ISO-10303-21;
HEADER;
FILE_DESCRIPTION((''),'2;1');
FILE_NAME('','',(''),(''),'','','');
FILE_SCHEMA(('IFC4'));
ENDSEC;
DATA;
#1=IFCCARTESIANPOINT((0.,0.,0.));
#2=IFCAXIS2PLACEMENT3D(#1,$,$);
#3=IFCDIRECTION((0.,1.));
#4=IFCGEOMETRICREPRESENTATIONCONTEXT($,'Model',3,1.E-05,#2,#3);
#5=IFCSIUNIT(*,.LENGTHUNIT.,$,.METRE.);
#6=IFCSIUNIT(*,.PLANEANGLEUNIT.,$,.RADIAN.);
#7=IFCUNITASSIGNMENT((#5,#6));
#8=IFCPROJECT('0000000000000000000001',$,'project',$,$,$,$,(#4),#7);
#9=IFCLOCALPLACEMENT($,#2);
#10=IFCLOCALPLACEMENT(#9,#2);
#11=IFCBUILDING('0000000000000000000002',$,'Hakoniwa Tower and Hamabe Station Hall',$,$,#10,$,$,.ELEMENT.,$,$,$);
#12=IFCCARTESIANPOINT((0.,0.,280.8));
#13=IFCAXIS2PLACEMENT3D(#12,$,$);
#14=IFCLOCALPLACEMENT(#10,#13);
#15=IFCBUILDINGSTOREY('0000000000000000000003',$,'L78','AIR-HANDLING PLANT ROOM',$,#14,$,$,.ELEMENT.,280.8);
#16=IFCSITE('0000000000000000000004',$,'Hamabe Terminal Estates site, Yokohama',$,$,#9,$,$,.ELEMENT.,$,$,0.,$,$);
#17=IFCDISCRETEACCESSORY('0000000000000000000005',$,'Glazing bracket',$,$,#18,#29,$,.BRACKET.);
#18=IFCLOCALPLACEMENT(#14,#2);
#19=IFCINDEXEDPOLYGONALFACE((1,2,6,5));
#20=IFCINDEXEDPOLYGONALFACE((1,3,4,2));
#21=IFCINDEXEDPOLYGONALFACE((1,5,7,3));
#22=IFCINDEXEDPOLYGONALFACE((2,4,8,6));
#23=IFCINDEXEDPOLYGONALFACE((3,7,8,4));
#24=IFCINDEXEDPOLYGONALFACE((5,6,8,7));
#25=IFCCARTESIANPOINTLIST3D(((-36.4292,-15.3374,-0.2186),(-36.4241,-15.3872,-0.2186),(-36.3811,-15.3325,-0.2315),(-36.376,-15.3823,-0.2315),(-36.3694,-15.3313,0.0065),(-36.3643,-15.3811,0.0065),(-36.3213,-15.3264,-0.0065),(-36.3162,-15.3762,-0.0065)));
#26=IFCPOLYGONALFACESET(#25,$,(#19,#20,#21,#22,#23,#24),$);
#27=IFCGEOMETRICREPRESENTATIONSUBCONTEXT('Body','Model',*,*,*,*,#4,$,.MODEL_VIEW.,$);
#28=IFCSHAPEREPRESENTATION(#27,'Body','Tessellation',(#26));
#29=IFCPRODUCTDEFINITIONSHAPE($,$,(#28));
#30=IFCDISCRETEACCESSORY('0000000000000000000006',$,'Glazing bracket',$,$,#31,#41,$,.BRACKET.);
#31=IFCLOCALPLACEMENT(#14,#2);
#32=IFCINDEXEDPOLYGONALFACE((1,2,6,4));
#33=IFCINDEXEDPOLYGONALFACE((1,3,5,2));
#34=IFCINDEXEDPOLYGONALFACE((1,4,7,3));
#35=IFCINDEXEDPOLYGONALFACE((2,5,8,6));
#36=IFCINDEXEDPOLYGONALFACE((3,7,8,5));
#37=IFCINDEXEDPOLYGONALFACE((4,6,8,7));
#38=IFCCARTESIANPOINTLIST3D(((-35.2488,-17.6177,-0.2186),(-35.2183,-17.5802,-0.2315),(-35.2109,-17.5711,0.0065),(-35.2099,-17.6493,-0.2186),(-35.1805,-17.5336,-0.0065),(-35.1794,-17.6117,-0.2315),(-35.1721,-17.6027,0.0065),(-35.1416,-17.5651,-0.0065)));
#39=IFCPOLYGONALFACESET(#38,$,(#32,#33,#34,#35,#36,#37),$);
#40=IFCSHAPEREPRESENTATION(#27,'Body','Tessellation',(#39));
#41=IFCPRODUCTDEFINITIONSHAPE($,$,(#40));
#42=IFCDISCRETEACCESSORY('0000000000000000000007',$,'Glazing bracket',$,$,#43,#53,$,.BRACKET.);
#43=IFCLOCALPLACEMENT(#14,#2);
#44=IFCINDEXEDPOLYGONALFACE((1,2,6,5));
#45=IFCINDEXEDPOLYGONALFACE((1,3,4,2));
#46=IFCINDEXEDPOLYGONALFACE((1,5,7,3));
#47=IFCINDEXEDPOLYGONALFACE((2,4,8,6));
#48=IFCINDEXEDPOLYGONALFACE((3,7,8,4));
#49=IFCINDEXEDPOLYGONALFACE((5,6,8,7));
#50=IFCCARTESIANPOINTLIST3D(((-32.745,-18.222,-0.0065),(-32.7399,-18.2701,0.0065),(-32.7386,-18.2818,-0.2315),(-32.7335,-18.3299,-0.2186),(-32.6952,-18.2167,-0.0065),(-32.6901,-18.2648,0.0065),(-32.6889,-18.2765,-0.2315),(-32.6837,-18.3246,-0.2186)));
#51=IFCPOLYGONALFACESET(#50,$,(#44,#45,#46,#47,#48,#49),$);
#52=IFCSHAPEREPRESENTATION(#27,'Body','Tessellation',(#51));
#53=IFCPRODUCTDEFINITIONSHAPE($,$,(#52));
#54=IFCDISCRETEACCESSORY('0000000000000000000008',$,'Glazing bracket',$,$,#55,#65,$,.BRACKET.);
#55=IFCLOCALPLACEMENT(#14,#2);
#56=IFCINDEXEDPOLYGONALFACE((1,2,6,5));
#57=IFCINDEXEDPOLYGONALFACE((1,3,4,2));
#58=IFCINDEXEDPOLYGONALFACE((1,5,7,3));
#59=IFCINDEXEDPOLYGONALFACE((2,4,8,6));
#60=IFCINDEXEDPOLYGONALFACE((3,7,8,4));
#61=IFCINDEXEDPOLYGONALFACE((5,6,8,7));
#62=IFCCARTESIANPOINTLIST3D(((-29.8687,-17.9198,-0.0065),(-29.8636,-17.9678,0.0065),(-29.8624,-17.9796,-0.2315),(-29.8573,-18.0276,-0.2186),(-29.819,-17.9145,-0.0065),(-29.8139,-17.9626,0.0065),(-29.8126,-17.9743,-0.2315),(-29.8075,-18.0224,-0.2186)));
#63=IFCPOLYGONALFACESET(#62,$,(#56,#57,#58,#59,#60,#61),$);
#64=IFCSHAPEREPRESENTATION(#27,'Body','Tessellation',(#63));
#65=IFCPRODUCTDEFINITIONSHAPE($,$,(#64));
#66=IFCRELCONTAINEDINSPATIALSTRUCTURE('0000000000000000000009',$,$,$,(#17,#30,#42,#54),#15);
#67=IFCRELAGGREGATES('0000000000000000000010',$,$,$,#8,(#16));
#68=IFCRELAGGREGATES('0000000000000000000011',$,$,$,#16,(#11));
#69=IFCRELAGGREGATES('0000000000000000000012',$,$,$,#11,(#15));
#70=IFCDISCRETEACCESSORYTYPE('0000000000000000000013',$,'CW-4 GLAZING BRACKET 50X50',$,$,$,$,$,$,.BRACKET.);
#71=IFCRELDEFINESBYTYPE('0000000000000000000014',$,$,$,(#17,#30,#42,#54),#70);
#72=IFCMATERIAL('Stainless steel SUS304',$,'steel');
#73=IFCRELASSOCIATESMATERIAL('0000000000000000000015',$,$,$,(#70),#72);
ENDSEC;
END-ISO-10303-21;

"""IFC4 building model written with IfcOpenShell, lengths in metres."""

from ifc_helpers import new_model, si_unit, direction, frame, origin, origin_2d, place, context, subcontext, project, spatial, rectangle, extrude, material, material_profile, profile_set, type_object, element, save


model = new_model("IFC4")

# Units and contexts
model_context = context("Model", 3, precision=1e-05, world=origin(), true_north=direction((0.0, 1.0)))
body_context = subcontext(model_context, "Body", "Model", "MODEL_VIEW")
ifc_project = project(units=[si_unit("LENGTHUNIT", "METRE"), si_unit("PLANEANGLEUNIT", "RADIAN")], contexts=[model_context])

# Site, building, storey
site_placement = place(None, origin())
site = spatial("IfcSite", under=ifc_project, at=site_placement, Name="Hamabe Terminal Estates site, Yokohama", CompositionType="ELEMENT", RefElevation=0.0)
building_placement = place(site_placement, origin())
building = spatial("IfcBuilding", under=site, at=building_placement, Name="Hakoniwa Tower and Hamabe Station Hall", CompositionType="ELEMENT")
storey_placement = place(building_placement, frame((0.0, 0.0, 280.8)))
storey = spatial("IfcBuildingStorey", under=building, at=storey_placement, Name="L78", Description="AIR-HANDLING PLANT ROOM", CompositionType="ELEMENT", Elevation=280.8)

# Discrete accessories
ifc_material_1 = material(Name="Stainless steel SUS304", Category="steel")
ifc_material_profile_1 = material_profile(ifc_material_1, rectangle(XDim=0.05, YDim=0.05, at=origin_2d()), Name="CW-4 GLAZING BRACKET 50X50")
ifc_profile_set_1 = profile_set([ifc_material_profile_1], Name="Stainless steel SUS304")
discrete_accessory_type = type_object("IfcDiscreteAccessoryType", Name="CW-4 GLAZING BRACKET 50X50", PredefinedType="BRACKET", material=ifc_profile_set_1)
for number, where, z_axis, x_axis, name in (
    (1, (-36.3428, -15.3538, 0.0), (-0.256726, -0.026197, -0.966129), (0.101514, -0.994834, 0.0), "Glazing bracket"),
    (2, (-35.1763, -17.5681, 0.0), (-0.162432, -0.200158, -0.966205), (0.776487, -0.630133, 0.0), "Glazing bracket"),
    (3, (-32.7175, -18.2434, 0.0), (0.027244, -0.256719, -0.966102), (0.994416, 0.10553, 0.0), "Glazing bracket"),
    (4, (-29.8413, -17.9412, 0.0), (0.027244, -0.256719, -0.966102), (0.994416, 0.10553, 0.0), "Glazing bracket"),
):
    element("IfcDiscreteAccessory", number, at=place(storey_placement, frame(where, z_axis=z_axis, x_axis=x_axis)), inside=storey, type_object=discrete_accessory_type, Name=name, PredefinedType="BRACKET", context=body_context, shape_type="SweptSolid", body=[
        extrude(rectangle(XDim=0.05, YDim=0.05, at=origin_2d()), origin(), (0.0, 0.0, 1.0), 0.2329),
    ])

save(model, "model.ifc")
